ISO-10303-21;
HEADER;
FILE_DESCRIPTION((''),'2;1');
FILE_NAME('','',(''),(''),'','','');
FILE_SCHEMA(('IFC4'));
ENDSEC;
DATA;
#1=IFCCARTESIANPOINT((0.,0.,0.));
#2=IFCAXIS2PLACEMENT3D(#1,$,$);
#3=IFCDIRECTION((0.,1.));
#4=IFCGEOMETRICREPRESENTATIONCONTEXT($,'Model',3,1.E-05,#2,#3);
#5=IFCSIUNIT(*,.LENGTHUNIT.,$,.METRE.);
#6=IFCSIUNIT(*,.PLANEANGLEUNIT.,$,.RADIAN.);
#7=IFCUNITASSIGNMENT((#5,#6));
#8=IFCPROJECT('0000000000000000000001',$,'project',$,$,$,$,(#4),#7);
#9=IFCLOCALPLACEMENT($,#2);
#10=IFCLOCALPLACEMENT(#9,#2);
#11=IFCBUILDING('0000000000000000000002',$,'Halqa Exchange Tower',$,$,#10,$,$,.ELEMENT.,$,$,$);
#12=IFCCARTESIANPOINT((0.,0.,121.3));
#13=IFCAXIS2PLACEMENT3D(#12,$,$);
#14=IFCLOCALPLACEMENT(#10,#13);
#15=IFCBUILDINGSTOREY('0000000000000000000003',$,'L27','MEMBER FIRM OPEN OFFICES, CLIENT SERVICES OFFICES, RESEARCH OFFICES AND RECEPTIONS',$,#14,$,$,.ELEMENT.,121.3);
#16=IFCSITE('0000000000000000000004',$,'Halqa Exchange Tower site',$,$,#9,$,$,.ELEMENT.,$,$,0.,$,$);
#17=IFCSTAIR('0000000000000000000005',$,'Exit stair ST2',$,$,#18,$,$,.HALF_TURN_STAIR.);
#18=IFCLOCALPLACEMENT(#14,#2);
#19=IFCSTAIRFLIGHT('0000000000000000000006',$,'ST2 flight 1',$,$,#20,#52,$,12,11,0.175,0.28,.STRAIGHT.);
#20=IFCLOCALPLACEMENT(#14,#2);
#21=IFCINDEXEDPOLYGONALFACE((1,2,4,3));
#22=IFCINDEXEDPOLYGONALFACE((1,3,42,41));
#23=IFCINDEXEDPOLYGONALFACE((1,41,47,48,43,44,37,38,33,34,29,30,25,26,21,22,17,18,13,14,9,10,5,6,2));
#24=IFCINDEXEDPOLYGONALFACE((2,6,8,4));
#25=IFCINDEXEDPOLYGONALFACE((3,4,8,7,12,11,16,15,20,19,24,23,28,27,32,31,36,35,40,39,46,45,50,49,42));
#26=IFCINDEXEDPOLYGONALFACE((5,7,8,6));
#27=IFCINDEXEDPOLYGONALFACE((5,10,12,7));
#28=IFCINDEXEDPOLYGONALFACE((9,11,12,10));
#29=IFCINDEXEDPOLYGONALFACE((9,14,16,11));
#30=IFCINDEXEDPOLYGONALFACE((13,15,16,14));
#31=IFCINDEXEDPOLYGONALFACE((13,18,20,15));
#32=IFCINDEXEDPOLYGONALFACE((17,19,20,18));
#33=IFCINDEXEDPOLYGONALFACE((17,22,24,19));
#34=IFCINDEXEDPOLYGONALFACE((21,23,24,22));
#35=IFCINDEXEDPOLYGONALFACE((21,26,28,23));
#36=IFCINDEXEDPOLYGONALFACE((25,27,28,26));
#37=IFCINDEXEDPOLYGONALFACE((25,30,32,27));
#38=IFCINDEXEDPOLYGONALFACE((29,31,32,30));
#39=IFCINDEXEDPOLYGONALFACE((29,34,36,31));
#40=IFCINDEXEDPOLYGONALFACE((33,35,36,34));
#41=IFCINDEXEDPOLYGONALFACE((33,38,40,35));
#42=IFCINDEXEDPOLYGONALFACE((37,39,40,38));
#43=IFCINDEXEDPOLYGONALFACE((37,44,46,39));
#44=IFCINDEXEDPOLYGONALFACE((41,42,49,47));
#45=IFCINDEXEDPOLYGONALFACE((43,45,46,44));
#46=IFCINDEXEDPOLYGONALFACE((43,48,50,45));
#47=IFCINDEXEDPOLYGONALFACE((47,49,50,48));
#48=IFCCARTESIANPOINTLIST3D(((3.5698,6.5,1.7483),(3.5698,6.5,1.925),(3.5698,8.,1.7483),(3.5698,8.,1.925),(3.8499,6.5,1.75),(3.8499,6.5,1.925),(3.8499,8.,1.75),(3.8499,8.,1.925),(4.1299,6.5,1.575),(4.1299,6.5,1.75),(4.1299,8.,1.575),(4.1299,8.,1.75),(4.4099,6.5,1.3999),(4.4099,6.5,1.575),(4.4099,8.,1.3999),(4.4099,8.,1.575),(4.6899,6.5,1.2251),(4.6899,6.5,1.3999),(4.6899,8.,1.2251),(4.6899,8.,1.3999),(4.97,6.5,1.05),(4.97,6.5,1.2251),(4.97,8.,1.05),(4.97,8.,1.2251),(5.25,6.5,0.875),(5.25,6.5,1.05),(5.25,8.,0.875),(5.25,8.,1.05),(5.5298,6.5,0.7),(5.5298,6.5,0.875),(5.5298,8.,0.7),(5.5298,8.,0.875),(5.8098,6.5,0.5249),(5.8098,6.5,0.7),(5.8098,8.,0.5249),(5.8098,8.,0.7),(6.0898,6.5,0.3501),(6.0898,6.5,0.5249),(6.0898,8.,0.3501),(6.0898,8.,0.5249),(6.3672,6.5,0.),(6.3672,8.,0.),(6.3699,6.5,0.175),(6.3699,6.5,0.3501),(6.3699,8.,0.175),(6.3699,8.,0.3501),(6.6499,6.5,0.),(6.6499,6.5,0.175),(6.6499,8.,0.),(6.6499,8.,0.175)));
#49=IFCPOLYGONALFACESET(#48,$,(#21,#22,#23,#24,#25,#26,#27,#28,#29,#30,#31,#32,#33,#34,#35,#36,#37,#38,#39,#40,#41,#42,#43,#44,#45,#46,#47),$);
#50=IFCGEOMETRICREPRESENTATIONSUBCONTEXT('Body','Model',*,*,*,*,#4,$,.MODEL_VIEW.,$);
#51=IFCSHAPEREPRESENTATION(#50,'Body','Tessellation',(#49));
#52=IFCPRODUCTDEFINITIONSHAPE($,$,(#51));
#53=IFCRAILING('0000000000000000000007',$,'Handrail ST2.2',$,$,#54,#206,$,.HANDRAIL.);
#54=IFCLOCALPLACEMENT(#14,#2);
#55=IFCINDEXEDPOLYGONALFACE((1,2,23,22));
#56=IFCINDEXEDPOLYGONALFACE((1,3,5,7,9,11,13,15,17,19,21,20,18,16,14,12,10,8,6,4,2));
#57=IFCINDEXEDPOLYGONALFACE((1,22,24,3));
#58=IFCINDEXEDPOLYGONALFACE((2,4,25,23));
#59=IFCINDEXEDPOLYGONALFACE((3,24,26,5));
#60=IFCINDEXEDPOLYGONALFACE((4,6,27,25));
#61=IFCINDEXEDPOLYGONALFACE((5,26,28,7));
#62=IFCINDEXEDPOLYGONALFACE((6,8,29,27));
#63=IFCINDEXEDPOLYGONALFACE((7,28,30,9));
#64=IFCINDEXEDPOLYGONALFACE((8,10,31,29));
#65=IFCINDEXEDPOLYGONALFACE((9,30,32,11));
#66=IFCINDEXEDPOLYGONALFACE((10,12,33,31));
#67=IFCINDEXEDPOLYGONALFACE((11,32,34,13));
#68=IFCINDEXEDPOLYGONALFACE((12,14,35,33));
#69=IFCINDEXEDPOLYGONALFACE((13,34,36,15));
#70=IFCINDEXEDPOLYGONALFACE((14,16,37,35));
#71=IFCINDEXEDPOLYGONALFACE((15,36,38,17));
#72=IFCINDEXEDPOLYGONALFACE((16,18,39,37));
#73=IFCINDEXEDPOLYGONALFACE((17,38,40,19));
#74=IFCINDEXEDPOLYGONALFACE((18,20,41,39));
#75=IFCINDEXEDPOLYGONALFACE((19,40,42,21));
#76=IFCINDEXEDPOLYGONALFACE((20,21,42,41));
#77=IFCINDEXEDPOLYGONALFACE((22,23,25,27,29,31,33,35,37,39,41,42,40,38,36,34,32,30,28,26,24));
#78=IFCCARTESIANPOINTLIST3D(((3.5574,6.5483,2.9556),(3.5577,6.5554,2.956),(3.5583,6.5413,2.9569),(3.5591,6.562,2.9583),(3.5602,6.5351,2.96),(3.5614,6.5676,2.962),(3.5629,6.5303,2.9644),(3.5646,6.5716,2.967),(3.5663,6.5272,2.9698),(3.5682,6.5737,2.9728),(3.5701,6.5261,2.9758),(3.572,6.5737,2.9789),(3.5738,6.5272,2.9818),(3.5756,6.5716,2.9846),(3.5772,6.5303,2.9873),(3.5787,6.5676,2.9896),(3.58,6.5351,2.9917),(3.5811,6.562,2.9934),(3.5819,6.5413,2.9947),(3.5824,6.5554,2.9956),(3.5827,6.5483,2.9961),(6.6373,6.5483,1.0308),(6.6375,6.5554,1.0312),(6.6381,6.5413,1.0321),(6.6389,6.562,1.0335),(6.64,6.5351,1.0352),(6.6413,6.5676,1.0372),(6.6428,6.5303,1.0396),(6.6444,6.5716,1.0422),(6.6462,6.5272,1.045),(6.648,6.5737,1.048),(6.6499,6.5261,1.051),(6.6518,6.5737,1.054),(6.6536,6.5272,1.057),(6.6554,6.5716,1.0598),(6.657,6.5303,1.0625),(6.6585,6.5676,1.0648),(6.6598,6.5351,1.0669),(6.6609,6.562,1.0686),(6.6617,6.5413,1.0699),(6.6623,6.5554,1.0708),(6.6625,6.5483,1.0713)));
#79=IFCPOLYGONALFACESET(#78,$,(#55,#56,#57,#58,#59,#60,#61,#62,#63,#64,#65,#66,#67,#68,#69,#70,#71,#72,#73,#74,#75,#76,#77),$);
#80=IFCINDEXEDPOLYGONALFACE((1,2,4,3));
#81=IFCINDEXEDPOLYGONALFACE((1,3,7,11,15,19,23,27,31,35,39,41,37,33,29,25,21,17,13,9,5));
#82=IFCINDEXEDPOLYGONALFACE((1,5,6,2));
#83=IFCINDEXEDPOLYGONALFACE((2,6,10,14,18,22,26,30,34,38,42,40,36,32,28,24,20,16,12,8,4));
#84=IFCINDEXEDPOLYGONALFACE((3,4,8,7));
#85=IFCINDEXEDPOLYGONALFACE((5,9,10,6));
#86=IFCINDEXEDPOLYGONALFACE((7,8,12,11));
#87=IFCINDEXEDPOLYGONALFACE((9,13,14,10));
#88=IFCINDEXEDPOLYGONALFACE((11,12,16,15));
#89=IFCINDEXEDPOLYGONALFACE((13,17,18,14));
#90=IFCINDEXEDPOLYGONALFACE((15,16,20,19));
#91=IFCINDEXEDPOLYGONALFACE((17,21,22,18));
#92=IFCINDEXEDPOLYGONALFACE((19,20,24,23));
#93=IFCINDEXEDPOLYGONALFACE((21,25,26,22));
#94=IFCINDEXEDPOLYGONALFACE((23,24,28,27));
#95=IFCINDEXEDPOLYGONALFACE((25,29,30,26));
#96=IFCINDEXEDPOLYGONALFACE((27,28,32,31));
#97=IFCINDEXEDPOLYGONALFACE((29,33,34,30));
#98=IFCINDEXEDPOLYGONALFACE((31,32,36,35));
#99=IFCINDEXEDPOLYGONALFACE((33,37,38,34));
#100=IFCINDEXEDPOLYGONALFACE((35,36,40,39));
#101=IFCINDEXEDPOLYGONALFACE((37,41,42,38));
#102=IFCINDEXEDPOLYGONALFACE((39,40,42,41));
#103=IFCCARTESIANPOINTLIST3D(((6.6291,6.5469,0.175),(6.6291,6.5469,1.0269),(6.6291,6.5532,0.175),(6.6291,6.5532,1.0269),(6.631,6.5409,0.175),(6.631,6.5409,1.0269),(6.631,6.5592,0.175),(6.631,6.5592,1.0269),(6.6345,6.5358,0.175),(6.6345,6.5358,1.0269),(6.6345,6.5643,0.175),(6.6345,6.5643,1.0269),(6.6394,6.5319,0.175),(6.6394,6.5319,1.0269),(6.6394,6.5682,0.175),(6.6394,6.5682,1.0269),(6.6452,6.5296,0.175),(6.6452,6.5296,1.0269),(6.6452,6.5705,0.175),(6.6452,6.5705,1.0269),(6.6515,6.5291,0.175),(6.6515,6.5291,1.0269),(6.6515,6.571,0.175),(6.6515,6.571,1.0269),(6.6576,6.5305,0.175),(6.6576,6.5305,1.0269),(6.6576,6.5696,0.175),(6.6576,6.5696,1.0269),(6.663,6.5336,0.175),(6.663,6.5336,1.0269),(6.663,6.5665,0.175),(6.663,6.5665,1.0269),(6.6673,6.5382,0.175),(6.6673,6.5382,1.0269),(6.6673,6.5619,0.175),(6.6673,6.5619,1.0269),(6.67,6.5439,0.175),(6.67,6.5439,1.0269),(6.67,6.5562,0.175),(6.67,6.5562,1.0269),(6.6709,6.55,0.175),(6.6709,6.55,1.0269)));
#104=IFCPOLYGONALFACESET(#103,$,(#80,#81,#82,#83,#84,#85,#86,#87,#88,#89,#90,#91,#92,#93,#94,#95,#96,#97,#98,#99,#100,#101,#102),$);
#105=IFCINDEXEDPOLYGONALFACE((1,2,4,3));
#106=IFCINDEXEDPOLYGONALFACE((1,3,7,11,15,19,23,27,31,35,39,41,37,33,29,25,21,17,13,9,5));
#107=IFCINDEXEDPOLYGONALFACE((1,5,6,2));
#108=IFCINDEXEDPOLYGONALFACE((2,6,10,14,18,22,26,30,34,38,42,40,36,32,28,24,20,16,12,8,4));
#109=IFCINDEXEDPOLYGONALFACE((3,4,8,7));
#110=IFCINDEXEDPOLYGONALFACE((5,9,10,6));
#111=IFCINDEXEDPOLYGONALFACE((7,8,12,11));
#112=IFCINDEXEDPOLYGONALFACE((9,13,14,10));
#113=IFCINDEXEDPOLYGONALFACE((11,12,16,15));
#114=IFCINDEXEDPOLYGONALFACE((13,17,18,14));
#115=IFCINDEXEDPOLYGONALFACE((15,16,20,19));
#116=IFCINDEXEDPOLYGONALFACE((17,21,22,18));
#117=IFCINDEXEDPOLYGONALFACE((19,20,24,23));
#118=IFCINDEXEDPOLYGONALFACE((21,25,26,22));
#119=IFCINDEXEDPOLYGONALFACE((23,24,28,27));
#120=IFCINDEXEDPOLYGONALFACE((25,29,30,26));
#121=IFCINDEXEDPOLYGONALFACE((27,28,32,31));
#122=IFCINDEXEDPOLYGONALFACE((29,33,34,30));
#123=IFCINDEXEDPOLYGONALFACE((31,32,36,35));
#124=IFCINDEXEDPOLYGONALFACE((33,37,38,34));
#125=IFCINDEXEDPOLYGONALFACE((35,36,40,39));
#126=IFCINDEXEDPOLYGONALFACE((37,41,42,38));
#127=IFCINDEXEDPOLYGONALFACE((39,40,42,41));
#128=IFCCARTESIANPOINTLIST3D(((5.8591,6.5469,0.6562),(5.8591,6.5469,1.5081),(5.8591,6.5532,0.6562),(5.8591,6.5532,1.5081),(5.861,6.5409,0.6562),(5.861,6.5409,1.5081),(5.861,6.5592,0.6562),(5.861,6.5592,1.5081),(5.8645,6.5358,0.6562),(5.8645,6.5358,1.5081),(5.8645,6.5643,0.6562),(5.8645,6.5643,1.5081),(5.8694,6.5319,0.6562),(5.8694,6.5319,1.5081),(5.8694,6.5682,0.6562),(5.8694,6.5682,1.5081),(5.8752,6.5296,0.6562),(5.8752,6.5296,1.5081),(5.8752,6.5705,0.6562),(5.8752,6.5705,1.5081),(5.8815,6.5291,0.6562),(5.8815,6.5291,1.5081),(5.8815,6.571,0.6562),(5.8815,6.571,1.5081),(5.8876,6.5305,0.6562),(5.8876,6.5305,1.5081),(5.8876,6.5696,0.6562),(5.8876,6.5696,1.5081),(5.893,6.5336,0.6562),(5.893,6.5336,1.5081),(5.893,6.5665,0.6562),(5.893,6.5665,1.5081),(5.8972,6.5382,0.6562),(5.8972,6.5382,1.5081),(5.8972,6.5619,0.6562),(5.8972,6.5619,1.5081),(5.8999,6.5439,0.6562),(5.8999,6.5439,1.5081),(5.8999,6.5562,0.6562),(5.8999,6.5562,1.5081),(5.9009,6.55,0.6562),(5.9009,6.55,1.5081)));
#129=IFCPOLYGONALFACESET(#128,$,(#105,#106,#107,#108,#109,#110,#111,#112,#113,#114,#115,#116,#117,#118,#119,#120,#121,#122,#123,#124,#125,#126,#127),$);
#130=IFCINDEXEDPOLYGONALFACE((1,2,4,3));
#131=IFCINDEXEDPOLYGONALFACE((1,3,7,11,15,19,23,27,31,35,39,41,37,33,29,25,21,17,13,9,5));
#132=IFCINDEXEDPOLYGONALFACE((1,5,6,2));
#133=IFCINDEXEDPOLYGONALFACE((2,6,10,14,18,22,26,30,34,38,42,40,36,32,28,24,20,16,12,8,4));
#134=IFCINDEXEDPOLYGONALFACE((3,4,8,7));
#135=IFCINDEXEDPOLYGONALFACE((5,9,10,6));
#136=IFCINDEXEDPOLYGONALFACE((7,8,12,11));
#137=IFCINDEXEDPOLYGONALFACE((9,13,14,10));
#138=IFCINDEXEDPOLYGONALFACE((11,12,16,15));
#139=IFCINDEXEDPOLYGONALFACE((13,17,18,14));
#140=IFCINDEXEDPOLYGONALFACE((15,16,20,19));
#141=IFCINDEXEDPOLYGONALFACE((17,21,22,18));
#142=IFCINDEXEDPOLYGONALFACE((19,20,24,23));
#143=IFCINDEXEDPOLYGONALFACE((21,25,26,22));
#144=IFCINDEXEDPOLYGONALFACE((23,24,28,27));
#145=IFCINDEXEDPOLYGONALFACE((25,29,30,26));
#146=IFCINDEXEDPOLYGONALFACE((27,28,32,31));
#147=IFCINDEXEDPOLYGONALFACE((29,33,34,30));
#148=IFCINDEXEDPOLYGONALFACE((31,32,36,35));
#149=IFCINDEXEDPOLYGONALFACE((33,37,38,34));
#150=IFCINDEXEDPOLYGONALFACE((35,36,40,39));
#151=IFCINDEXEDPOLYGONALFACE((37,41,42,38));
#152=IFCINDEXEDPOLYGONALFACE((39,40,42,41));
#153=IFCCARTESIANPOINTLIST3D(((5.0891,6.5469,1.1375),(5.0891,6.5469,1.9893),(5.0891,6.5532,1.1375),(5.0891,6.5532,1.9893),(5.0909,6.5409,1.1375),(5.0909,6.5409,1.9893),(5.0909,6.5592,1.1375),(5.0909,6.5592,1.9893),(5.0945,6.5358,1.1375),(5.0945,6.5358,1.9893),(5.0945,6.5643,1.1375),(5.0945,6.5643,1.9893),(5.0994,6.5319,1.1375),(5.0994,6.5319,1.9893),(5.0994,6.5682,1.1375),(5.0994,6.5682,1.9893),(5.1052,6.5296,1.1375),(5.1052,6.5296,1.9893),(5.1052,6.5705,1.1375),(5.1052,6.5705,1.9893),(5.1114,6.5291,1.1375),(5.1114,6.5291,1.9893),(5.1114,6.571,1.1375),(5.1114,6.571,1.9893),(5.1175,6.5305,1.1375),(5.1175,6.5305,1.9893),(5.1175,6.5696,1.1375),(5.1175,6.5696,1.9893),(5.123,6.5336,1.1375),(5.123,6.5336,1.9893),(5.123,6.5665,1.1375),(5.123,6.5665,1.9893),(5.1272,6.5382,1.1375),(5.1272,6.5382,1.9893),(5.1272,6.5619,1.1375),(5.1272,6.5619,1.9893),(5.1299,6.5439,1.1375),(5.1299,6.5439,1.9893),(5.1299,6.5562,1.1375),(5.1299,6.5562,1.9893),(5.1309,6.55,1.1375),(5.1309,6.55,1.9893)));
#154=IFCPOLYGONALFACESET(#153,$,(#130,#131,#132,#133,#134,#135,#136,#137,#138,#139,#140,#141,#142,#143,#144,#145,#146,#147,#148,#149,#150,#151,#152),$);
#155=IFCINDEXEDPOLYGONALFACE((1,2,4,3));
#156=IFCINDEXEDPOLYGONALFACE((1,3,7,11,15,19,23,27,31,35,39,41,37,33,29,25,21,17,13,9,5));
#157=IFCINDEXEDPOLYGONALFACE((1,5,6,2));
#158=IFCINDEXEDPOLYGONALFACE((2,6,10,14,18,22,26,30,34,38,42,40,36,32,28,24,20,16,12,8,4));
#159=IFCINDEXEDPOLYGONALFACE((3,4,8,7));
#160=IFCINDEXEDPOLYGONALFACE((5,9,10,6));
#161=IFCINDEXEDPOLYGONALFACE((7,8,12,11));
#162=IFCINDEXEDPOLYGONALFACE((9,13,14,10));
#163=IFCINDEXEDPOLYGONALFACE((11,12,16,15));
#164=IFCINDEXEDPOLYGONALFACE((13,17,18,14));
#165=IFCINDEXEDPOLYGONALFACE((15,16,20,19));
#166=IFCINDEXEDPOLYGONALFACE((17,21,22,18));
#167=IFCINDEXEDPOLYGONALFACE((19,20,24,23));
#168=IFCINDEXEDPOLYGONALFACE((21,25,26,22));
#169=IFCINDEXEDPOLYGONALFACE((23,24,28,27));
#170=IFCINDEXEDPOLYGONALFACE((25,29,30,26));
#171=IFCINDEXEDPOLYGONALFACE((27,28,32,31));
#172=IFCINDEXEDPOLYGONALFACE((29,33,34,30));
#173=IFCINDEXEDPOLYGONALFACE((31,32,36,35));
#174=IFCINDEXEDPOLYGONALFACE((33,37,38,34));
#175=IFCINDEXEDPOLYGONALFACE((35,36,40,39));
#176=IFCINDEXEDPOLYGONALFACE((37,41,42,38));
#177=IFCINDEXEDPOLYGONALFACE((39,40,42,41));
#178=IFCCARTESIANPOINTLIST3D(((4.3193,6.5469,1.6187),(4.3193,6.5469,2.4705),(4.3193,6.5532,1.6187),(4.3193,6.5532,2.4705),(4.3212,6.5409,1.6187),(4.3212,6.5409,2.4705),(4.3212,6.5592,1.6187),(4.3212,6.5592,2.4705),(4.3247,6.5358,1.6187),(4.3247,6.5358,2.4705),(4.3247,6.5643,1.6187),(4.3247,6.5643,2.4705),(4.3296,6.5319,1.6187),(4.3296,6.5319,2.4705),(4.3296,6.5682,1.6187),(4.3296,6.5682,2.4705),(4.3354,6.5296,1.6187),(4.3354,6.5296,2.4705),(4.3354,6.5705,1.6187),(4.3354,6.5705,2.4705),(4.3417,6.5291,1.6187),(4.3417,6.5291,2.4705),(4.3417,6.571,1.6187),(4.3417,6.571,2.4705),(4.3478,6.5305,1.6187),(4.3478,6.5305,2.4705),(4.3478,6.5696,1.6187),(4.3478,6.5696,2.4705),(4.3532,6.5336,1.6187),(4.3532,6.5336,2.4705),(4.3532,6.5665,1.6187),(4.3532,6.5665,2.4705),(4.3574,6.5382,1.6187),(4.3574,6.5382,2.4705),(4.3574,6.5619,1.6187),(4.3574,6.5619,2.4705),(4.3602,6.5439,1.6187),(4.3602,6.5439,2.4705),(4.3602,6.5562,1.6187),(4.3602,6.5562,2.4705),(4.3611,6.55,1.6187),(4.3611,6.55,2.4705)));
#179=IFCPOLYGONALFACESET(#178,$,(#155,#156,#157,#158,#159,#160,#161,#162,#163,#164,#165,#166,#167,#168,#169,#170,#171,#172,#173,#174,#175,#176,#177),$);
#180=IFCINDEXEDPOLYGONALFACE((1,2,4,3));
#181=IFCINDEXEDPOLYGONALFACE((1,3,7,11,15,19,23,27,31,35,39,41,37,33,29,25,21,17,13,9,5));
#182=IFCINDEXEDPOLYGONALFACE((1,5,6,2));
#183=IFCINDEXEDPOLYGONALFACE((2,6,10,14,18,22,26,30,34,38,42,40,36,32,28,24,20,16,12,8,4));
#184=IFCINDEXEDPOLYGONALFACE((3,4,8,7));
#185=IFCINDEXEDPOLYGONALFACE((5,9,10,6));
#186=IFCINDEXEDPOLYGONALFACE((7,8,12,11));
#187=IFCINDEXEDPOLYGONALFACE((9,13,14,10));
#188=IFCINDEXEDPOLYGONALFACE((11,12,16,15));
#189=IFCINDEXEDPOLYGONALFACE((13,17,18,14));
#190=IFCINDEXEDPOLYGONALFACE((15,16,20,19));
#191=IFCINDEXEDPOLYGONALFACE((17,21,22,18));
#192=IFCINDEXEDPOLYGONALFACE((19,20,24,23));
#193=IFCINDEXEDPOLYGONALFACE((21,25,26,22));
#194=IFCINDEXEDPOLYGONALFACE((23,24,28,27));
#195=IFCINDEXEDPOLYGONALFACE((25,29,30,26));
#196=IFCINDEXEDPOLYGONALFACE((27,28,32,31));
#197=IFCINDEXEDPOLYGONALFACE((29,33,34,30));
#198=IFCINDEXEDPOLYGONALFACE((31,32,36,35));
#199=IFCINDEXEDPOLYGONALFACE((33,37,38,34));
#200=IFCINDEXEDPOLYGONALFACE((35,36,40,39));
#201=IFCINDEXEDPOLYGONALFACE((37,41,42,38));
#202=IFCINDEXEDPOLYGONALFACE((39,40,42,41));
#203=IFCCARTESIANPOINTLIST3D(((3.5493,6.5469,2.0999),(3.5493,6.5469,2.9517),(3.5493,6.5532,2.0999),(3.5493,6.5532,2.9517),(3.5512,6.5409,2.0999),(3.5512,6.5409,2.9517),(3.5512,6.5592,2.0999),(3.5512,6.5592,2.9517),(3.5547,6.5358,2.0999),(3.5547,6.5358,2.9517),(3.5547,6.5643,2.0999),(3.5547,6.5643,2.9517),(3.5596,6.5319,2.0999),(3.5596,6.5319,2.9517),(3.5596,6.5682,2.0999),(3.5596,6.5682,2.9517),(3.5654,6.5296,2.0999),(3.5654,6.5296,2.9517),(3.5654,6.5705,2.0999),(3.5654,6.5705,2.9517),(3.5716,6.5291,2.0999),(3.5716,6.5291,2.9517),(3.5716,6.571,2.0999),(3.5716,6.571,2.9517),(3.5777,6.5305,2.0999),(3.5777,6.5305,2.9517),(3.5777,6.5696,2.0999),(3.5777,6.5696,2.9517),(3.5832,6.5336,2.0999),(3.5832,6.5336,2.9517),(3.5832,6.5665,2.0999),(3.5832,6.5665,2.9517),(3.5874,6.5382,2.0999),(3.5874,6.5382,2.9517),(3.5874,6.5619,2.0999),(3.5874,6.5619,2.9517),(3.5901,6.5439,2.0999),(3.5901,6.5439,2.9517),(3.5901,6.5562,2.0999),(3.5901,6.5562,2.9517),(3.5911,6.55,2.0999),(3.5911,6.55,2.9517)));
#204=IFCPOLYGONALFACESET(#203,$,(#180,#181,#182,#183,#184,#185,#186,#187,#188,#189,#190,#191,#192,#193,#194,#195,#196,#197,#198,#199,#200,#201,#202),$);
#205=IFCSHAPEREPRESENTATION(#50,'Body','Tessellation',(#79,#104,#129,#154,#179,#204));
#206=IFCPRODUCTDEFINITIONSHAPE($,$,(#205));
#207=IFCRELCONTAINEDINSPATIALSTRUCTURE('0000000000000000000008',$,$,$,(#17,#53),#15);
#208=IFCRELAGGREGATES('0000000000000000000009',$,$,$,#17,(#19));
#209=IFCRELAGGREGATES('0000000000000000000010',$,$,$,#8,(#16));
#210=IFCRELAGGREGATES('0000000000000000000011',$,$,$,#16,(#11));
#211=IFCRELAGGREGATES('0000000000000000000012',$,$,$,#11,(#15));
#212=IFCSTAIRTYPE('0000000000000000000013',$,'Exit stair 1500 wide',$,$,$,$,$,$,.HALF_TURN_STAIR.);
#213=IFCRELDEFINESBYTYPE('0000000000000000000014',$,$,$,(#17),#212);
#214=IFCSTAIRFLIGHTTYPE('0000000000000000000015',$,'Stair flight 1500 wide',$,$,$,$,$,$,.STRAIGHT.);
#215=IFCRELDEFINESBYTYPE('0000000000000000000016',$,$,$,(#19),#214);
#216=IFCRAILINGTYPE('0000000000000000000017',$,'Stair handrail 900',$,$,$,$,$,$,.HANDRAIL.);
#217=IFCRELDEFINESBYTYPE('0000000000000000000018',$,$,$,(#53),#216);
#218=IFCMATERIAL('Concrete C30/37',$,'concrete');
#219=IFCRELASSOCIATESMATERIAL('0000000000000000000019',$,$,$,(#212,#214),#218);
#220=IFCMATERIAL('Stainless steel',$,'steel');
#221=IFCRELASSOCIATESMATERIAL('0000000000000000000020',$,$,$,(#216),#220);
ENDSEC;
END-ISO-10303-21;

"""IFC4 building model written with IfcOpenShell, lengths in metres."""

from ifc_helpers import new_model, si_unit, direction, frame, origin, origin_2d, place, context, subcontext, project, spatial, polyline, circle, outline, extrude, material, type_object, element, aggregate, save


model = new_model("IFC4")

# Units and contexts
model_context = context("Model", 3, precision=1e-05, world=origin(), true_north=direction((0.0, 1.0)))
body_context = subcontext(model_context, "Body", "Model", "MODEL_VIEW")
ifc_project = project(units=[si_unit("LENGTHUNIT", "METRE"), si_unit("PLANEANGLEUNIT", "RADIAN")], contexts=[model_context])

# Site, building, storey
site_placement = place(None, origin())
site = spatial("IfcSite", under=ifc_project, at=site_placement, Name="Halqa Exchange Tower site", CompositionType="ELEMENT", RefElevation=0.0)
building_placement = place(site_placement, origin())
building = spatial("IfcBuilding", under=site, at=building_placement, Name="Halqa Exchange Tower", CompositionType="ELEMENT")
storey_placement = place(building_placement, frame((0.0, 0.0, 121.3)))
storey = spatial("IfcBuildingStorey", under=building, at=storey_placement, Name="L27", Description="MEMBER FIRM OPEN OFFICES, CLIENT SERVICES OFFICES, RESEARCH OFFICES AND RECEPTIONS", CompositionType="ELEMENT", Elevation=121.3)

# Stair
ifc_material_1 = material(Name="Concrete C30/37", Category="concrete")
stair_type = type_object("IfcStairType", Name="Exit stair 1500 wide", PredefinedType="HALF_TURN_STAIR", material=ifc_material_1)
stair_1_placement = place(storey_placement, origin())
stair_1 = element("IfcStair", 1, at=stair_1_placement, inside=storey, type_object=stair_type, Name="Exit stair ST2", PredefinedType="HALF_TURN_STAIR")

# Stair flight
stair_flight_type = type_object("IfcStairFlightType", Name="Stair flight 1500 wide", PredefinedType="STRAIGHT", material=ifc_material_1)
stair_flight_placement = place(storey_placement, frame((6.6499, 7.25, 0.0), z_axis=(0.0, 0.0, 1.0), x_axis=(-1.0, 0.0, 0.0)))
stair_flight = element("IfcStairFlight", 2, at=stair_flight_placement, type_object=stair_flight_type, Name="ST2 flight 1", NumberOfRisers=12, NumberOfTreads=11, PredefinedType="STRAIGHT", RiserHeight=0.175, TreadLength=0.28, context=body_context, shape_type="SweptSolid", body=[
    extrude(outline(polyline([(0.0, 0.0), (0.0, 0.175), (0.28, 0.175), (0.28, 0.3501), (0.5601, 0.3501), (0.5601, 0.5249), (0.8401, 0.5249), (0.8401, 0.7), (1.1201, 0.7), (1.1201, 0.875), (1.3999, 0.875), (1.3999, 1.05), (1.6799, 1.05), (1.6799, 1.2251), (1.96, 1.2251), (1.96, 1.3999), (2.24, 1.3999), (2.24, 1.575), (2.52, 1.575), (2.52, 1.75), (2.8, 1.75), (2.8, 1.925), (3.0801, 1.925), (3.0801, 2.1001), (3.0801, 1.7483), (0.2827, 0.0), (0.0, 0.0)])), frame((0.0, 0.75, 0.0), z_axis=(0.0, -1.0, 0.0), x_axis=(1.0, 0.0, 0.0)), (0.0, 0.0, 1.0), 1.5),
])
aggregate(stair_1, [stair_flight])

# Railing
ifc_material_2 = material(Name="Stainless steel", Category="steel")
railing_type_1 = type_object("IfcRailingType", Name="Stair handrail 900", PredefinedType="HANDRAIL", material=ifc_material_2)
railing_1_placement = place(storey_placement, frame((6.6499, 6.55, 0.175)))
element("IfcRailing", 3, at=railing_1_placement, inside=storey, type_object=railing_type_1, Name="Handrail ST2.2", PredefinedType="HANDRAIL", context=body_context, shape_type="SweptSolid", body=[
    extrude(circle(Radius=0.0239, at=origin_2d()), frame((0.0, 0.0, 0.876), z_axis=(-0.84801, 0.0, 0.529981), x_axis=(0.0, -1.0, 0.0)), (0.0, 0.0, 1.0), 3.6318),
    extrude(circle(Radius=0.021, at=origin_2d()), origin(), (0.0, 0.0, 1.0), 0.8518),
    extrude(circle(Radius=0.021, at=origin_2d()), frame((-0.77, 0.0, 0.4812)), (0.0, 0.0, 1.0), 0.8518),
    extrude(circle(Radius=0.021, at=origin_2d()), frame((-1.54, 0.0, 0.9624)), (0.0, 0.0, 1.0), 0.8518),
    extrude(circle(Radius=0.021, at=origin_2d()), frame((-2.3098, 0.0, 1.4436)), (0.0, 0.0, 1.0), 0.8518),
    extrude(circle(Radius=0.021, at=origin_2d()), frame((-3.0798, 0.0, 1.9248)), (0.0, 0.0, 1.0), 0.8518),
])

save(model, "model.ifc")
